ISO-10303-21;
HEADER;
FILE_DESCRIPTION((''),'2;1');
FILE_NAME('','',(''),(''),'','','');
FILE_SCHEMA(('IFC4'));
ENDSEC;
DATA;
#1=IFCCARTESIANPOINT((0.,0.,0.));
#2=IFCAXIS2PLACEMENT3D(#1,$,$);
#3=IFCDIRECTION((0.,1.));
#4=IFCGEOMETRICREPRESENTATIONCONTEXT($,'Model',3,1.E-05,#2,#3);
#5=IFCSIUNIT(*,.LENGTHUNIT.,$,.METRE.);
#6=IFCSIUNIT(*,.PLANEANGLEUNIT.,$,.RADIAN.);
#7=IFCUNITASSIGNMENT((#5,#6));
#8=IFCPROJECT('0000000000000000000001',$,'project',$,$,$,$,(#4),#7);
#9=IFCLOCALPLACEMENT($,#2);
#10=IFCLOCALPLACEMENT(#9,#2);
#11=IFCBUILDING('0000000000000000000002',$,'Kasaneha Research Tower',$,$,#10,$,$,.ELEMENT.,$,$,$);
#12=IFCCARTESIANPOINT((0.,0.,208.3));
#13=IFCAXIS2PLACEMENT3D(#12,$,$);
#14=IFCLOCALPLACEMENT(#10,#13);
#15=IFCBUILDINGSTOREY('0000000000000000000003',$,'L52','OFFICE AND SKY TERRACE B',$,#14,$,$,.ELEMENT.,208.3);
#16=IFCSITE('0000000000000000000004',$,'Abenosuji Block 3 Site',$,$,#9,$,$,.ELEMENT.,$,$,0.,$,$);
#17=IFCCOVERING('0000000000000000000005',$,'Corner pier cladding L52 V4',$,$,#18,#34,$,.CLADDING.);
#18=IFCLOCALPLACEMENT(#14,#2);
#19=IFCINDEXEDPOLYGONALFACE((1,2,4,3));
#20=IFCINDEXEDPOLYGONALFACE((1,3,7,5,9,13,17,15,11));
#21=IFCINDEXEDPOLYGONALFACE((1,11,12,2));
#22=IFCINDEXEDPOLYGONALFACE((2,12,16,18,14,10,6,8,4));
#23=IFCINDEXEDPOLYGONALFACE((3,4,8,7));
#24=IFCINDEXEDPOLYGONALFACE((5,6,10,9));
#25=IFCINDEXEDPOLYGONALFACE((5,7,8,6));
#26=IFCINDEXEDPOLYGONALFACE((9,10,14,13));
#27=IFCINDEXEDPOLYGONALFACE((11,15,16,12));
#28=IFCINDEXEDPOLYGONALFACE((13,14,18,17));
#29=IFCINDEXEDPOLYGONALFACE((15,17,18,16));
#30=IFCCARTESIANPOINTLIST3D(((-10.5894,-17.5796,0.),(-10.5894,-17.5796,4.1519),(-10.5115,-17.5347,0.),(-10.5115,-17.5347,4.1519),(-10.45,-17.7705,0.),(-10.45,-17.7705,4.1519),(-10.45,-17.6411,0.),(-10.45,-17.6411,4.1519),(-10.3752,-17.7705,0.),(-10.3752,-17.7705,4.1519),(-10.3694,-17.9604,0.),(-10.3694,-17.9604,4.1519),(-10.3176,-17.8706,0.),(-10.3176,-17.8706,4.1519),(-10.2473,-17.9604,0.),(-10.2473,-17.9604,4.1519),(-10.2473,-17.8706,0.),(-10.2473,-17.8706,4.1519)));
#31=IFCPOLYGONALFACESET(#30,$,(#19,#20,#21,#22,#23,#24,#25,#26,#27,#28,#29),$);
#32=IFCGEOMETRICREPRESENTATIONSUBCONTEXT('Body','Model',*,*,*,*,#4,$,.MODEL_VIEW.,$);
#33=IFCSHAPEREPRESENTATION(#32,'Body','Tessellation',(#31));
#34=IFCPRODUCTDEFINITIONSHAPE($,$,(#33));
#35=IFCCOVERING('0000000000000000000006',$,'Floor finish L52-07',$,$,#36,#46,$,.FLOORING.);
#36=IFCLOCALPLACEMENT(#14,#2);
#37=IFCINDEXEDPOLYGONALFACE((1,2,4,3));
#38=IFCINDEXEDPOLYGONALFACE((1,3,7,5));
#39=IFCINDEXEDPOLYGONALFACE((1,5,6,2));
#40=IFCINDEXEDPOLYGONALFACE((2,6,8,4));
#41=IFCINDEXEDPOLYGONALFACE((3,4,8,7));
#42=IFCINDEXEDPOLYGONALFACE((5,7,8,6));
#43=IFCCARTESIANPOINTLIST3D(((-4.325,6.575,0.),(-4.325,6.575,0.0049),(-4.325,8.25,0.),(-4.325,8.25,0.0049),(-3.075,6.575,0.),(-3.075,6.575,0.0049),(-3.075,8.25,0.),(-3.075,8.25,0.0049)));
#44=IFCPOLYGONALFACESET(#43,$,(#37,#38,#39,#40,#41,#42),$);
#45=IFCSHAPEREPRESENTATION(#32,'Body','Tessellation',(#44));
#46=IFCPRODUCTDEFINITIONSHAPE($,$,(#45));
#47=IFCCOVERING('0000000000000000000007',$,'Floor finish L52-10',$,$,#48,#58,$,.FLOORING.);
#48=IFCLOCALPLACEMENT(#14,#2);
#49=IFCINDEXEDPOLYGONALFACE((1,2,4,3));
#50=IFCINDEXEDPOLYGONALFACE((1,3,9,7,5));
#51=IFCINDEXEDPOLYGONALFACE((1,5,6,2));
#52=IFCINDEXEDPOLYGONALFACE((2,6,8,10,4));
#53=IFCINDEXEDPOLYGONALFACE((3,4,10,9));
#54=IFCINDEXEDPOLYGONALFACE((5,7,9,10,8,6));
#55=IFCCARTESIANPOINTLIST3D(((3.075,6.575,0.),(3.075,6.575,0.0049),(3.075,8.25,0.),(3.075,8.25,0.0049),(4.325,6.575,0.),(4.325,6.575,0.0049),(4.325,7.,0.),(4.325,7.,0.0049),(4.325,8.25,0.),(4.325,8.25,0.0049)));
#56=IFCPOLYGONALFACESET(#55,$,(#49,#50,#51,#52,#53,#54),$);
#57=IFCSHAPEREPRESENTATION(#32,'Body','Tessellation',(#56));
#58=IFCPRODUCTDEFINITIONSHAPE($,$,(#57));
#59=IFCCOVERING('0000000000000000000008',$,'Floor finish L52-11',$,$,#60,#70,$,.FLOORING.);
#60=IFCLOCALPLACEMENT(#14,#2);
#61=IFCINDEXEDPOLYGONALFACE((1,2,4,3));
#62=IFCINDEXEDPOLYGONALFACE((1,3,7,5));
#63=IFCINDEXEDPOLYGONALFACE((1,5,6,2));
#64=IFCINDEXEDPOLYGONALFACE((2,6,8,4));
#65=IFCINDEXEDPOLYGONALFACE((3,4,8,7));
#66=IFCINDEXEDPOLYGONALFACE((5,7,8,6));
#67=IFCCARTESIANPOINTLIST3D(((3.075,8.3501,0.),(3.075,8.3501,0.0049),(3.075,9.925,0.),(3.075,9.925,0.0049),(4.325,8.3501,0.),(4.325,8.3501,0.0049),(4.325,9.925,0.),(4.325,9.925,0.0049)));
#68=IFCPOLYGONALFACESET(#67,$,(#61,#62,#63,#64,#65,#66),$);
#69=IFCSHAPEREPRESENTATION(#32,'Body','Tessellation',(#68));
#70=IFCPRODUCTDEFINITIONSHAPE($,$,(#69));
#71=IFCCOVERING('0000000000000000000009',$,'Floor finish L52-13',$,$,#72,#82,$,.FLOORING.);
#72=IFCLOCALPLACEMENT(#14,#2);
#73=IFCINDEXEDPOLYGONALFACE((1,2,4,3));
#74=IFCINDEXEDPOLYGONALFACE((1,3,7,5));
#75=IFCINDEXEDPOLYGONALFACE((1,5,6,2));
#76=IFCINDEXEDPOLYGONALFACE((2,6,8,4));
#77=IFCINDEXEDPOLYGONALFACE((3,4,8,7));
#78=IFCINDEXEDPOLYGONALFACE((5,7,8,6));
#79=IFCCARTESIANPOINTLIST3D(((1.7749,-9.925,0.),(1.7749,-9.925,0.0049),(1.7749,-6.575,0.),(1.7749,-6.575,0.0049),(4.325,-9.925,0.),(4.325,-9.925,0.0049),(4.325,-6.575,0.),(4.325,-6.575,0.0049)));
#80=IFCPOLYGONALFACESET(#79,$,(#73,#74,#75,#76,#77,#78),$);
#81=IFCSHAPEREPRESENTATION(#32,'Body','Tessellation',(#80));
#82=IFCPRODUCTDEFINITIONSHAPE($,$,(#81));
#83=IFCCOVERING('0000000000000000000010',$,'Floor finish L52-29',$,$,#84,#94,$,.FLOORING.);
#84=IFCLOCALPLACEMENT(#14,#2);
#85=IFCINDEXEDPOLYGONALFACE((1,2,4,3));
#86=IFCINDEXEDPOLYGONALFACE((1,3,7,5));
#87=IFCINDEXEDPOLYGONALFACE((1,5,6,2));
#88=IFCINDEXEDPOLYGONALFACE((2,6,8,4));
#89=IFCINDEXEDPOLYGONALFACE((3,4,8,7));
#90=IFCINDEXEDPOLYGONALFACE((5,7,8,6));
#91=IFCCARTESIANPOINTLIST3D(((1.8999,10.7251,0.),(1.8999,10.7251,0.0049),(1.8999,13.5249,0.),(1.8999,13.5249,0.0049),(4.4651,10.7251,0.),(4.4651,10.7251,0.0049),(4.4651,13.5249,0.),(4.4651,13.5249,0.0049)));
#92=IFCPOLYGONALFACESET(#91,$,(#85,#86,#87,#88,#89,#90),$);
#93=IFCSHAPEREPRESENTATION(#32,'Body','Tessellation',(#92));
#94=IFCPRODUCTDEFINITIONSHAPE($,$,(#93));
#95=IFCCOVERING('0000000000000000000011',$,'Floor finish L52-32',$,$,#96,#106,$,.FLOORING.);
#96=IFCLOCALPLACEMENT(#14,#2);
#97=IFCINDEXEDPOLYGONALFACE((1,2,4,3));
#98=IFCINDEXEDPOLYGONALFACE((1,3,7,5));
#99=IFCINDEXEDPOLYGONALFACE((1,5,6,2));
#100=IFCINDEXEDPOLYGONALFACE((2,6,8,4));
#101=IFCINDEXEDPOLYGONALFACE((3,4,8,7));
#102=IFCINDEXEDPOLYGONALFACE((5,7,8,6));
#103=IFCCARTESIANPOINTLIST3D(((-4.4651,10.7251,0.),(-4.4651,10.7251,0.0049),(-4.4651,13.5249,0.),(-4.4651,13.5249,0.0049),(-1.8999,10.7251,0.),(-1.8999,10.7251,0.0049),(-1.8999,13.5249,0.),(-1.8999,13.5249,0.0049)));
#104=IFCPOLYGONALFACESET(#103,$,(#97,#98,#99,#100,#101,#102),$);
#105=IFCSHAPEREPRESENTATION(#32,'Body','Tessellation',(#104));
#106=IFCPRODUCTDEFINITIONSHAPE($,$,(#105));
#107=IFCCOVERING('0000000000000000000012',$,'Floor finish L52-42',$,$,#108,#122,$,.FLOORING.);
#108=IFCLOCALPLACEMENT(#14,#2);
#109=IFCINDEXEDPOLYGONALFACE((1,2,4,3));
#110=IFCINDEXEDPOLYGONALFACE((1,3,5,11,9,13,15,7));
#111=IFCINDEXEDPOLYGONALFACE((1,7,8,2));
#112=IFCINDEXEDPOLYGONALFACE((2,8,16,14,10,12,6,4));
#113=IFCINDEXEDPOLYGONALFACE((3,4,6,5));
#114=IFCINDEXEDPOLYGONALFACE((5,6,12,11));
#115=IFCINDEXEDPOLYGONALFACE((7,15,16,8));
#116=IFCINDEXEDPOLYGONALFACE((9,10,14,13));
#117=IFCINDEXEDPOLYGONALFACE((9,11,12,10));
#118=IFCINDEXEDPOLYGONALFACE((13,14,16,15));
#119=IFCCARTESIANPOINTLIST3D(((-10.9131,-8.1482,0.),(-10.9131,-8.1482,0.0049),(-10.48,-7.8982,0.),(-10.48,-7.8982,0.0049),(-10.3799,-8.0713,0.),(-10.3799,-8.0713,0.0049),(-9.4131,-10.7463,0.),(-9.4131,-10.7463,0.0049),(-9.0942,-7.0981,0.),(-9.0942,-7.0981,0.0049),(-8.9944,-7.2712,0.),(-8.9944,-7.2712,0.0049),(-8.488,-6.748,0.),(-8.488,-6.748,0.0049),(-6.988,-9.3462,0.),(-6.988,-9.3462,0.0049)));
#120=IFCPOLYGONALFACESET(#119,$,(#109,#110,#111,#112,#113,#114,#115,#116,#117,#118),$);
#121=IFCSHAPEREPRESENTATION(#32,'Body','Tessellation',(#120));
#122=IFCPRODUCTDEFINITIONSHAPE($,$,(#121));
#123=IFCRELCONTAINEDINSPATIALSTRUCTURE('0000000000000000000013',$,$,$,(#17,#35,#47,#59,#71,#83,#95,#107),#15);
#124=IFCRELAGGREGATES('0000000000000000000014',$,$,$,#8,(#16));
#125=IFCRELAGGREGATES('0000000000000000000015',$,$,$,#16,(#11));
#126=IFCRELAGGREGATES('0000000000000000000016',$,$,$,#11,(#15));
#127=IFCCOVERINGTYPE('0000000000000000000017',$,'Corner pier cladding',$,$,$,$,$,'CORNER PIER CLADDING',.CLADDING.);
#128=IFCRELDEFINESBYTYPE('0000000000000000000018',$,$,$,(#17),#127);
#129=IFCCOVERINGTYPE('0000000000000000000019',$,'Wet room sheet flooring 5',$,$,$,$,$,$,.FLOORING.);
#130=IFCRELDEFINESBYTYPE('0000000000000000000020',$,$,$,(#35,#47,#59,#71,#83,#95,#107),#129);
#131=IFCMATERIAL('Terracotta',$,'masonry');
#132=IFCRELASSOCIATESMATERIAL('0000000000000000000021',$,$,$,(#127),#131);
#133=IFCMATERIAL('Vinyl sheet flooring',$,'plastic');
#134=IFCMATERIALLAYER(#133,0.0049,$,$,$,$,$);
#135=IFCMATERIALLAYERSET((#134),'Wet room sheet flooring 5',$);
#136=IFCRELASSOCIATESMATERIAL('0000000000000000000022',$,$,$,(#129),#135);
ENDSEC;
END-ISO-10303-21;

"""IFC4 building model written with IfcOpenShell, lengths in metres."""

from ifc_helpers import new_model, si_unit, direction, frame, origin, place, context, subcontext, project, spatial, polyline, outline, extrude, material, layer, layer_set, type_object, element, save


model = new_model("IFC4")

# Units and contexts
model_context = context("Model", 3, precision=1e-05, world=origin(), true_north=direction((0.0, 1.0)))
body_context = subcontext(model_context, "Body", "Model", "MODEL_VIEW")
ifc_project = project(units=[si_unit("LENGTHUNIT", "METRE"), si_unit("PLANEANGLEUNIT", "RADIAN")], contexts=[model_context])

# Site, building, storey
site_placement = place(None, origin())
site = spatial("IfcSite", under=ifc_project, at=site_placement, Name="Abenosuji Block 3 Site", CompositionType="ELEMENT", RefElevation=0.0)
building_placement = place(site_placement, origin())
building = spatial("IfcBuilding", under=site, at=building_placement, Name="Kasaneha Research Tower", CompositionType="ELEMENT")
storey_placement = place(building_placement, frame((0.0, 0.0, 208.3)))
storey = spatial("IfcBuildingStorey", under=building, at=storey_placement, Name="L52", Description="OFFICE AND SKY TERRACE B", CompositionType="ELEMENT", Elevation=208.3)

# Coverings
ifc_material_1 = material(Name="Terracotta", Category="masonry")
covering_type_1 = type_object("IfcCoveringType", Name="Corner pier cladding", ElementType="CORNER PIER CLADDING", PredefinedType="CLADDING", material=ifc_material_1)
covering_1_placement = place(storey_placement, origin())
element("IfcCovering", 1, at=covering_1_placement, inside=storey, type_object=covering_type_1, Name="Corner pier cladding L52 V4", PredefinedType="CLADDING", context=body_context, shape_type="SweptSolid", body=[
    extrude(outline(polyline([(-10.5115, -17.5347), (-10.45, -17.6411), (-10.45, -17.7705), (-10.3752, -17.7705), (-10.3176, -17.8706), (-10.2473, -17.8706), (-10.2473, -17.9604), (-10.3694, -17.9604), (-10.5894, -17.5796), (-10.5115, -17.5347)])), origin(), (0.0, 0.0, 1.0), 4.1519),
])
ifc_material_2 = material(Name="Vinyl sheet flooring", Category="plastic")
ifc_layer_1 = layer(ifc_material_2, 0.0049)
ifc_layer_set_1 = layer_set([ifc_layer_1], Name="Wet room sheet flooring 5")
covering_type_2 = type_object("IfcCoveringType", Name="Wet room sheet flooring 5", PredefinedType="FLOORING", material=ifc_layer_set_1)
covering_2_placement = place(storey_placement, origin())
element("IfcCovering", 2, at=covering_2_placement, inside=storey, type_object=covering_type_2, Name="Floor finish L52-07", PredefinedType="FLOORING", context=body_context, shape_type="SweptSolid", body=[
    extrude(outline(polyline([(-4.325, 6.575), (-4.325, 8.25), (-3.075, 8.25), (-3.075, 6.575), (-4.325, 6.575)])), origin(), (0.0, 0.0, 1.0), 0.0049),
])
covering_3_placement = place(storey_placement, origin())
element("IfcCovering", 3, at=covering_3_placement, inside=storey, type_object=covering_type_2, Name="Floor finish L52-10", PredefinedType="FLOORING", context=body_context, shape_type="SweptSolid", body=[
    extrude(outline(polyline([(3.075, 6.575), (3.075, 8.25), (4.325, 8.25), (4.325, 7.0), (4.325, 6.575), (3.075, 6.575)])), origin(), (0.0, 0.0, 1.0), 0.0049),
])
covering_4_placement = place(storey_placement, origin())
element("IfcCovering", 4, at=covering_4_placement, inside=storey, type_object=covering_type_2, Name="Floor finish L52-11", PredefinedType="FLOORING", context=body_context, shape_type="SweptSolid", body=[
    extrude(outline(polyline([(4.325, 8.3501), (3.075, 8.3501), (3.075, 9.925), (4.325, 9.925), (4.325, 8.3501)])), origin(), (0.0, 0.0, 1.0), 0.0049),
])
covering_5_placement = place(storey_placement, origin())
element("IfcCovering", 5, at=covering_5_placement, inside=storey, type_object=covering_type_2, Name="Floor finish L52-13", PredefinedType="FLOORING", context=body_context, shape_type="SweptSolid", body=[
    extrude(outline(polyline([(1.7749, -9.925), (1.7749, -6.575), (4.325, -6.575), (4.325, -9.925), (1.7749, -9.925)])), origin(), (0.0, 0.0, 1.0), 0.0049),
])
covering_6_placement = place(storey_placement, origin())
element("IfcCovering", 6, at=covering_6_placement, inside=storey, type_object=covering_type_2, Name="Floor finish L52-29", PredefinedType="FLOORING", context=body_context, shape_type="SweptSolid", body=[
    extrude(outline(polyline([(4.4651, 13.5249), (4.4651, 10.7251), (1.8999, 10.7251), (1.8999, 13.5249), (4.4651, 13.5249)])), origin(), (0.0, 0.0, 1.0), 0.0049),
])
covering_7_placement = place(storey_placement, origin())
element("IfcCovering", 7, at=covering_7_placement, inside=storey, type_object=covering_type_2, Name="Floor finish L52-32", PredefinedType="FLOORING", context=body_context, shape_type="SweptSolid", body=[
    extrude(outline(polyline([(-1.8999, 13.5249), (-1.8999, 10.7251), (-4.4651, 10.7251), (-4.4651, 13.5249), (-1.8999, 13.5249)])), origin(), (0.0, 0.0, 1.0), 0.0049),
])
covering_8_placement = place(storey_placement, origin())
element("IfcCovering", 8, at=covering_8_placement, inside=storey, type_object=covering_type_2, Name="Floor finish L52-42", PredefinedType="FLOORING", context=body_context, shape_type="SweptSolid", body=[
    extrude(outline(polyline([(-10.9131, -8.1482), (-10.48, -7.8982), (-10.3799, -8.0713), (-8.9944, -7.2712), (-9.0942, -7.0981), (-8.488, -6.748), (-6.988, -9.3462), (-9.4131, -10.7463), (-10.9131, -8.1482)])), origin(), (0.0, 0.0, 1.0), 0.0049),
])

save(model, "model.ifc")
